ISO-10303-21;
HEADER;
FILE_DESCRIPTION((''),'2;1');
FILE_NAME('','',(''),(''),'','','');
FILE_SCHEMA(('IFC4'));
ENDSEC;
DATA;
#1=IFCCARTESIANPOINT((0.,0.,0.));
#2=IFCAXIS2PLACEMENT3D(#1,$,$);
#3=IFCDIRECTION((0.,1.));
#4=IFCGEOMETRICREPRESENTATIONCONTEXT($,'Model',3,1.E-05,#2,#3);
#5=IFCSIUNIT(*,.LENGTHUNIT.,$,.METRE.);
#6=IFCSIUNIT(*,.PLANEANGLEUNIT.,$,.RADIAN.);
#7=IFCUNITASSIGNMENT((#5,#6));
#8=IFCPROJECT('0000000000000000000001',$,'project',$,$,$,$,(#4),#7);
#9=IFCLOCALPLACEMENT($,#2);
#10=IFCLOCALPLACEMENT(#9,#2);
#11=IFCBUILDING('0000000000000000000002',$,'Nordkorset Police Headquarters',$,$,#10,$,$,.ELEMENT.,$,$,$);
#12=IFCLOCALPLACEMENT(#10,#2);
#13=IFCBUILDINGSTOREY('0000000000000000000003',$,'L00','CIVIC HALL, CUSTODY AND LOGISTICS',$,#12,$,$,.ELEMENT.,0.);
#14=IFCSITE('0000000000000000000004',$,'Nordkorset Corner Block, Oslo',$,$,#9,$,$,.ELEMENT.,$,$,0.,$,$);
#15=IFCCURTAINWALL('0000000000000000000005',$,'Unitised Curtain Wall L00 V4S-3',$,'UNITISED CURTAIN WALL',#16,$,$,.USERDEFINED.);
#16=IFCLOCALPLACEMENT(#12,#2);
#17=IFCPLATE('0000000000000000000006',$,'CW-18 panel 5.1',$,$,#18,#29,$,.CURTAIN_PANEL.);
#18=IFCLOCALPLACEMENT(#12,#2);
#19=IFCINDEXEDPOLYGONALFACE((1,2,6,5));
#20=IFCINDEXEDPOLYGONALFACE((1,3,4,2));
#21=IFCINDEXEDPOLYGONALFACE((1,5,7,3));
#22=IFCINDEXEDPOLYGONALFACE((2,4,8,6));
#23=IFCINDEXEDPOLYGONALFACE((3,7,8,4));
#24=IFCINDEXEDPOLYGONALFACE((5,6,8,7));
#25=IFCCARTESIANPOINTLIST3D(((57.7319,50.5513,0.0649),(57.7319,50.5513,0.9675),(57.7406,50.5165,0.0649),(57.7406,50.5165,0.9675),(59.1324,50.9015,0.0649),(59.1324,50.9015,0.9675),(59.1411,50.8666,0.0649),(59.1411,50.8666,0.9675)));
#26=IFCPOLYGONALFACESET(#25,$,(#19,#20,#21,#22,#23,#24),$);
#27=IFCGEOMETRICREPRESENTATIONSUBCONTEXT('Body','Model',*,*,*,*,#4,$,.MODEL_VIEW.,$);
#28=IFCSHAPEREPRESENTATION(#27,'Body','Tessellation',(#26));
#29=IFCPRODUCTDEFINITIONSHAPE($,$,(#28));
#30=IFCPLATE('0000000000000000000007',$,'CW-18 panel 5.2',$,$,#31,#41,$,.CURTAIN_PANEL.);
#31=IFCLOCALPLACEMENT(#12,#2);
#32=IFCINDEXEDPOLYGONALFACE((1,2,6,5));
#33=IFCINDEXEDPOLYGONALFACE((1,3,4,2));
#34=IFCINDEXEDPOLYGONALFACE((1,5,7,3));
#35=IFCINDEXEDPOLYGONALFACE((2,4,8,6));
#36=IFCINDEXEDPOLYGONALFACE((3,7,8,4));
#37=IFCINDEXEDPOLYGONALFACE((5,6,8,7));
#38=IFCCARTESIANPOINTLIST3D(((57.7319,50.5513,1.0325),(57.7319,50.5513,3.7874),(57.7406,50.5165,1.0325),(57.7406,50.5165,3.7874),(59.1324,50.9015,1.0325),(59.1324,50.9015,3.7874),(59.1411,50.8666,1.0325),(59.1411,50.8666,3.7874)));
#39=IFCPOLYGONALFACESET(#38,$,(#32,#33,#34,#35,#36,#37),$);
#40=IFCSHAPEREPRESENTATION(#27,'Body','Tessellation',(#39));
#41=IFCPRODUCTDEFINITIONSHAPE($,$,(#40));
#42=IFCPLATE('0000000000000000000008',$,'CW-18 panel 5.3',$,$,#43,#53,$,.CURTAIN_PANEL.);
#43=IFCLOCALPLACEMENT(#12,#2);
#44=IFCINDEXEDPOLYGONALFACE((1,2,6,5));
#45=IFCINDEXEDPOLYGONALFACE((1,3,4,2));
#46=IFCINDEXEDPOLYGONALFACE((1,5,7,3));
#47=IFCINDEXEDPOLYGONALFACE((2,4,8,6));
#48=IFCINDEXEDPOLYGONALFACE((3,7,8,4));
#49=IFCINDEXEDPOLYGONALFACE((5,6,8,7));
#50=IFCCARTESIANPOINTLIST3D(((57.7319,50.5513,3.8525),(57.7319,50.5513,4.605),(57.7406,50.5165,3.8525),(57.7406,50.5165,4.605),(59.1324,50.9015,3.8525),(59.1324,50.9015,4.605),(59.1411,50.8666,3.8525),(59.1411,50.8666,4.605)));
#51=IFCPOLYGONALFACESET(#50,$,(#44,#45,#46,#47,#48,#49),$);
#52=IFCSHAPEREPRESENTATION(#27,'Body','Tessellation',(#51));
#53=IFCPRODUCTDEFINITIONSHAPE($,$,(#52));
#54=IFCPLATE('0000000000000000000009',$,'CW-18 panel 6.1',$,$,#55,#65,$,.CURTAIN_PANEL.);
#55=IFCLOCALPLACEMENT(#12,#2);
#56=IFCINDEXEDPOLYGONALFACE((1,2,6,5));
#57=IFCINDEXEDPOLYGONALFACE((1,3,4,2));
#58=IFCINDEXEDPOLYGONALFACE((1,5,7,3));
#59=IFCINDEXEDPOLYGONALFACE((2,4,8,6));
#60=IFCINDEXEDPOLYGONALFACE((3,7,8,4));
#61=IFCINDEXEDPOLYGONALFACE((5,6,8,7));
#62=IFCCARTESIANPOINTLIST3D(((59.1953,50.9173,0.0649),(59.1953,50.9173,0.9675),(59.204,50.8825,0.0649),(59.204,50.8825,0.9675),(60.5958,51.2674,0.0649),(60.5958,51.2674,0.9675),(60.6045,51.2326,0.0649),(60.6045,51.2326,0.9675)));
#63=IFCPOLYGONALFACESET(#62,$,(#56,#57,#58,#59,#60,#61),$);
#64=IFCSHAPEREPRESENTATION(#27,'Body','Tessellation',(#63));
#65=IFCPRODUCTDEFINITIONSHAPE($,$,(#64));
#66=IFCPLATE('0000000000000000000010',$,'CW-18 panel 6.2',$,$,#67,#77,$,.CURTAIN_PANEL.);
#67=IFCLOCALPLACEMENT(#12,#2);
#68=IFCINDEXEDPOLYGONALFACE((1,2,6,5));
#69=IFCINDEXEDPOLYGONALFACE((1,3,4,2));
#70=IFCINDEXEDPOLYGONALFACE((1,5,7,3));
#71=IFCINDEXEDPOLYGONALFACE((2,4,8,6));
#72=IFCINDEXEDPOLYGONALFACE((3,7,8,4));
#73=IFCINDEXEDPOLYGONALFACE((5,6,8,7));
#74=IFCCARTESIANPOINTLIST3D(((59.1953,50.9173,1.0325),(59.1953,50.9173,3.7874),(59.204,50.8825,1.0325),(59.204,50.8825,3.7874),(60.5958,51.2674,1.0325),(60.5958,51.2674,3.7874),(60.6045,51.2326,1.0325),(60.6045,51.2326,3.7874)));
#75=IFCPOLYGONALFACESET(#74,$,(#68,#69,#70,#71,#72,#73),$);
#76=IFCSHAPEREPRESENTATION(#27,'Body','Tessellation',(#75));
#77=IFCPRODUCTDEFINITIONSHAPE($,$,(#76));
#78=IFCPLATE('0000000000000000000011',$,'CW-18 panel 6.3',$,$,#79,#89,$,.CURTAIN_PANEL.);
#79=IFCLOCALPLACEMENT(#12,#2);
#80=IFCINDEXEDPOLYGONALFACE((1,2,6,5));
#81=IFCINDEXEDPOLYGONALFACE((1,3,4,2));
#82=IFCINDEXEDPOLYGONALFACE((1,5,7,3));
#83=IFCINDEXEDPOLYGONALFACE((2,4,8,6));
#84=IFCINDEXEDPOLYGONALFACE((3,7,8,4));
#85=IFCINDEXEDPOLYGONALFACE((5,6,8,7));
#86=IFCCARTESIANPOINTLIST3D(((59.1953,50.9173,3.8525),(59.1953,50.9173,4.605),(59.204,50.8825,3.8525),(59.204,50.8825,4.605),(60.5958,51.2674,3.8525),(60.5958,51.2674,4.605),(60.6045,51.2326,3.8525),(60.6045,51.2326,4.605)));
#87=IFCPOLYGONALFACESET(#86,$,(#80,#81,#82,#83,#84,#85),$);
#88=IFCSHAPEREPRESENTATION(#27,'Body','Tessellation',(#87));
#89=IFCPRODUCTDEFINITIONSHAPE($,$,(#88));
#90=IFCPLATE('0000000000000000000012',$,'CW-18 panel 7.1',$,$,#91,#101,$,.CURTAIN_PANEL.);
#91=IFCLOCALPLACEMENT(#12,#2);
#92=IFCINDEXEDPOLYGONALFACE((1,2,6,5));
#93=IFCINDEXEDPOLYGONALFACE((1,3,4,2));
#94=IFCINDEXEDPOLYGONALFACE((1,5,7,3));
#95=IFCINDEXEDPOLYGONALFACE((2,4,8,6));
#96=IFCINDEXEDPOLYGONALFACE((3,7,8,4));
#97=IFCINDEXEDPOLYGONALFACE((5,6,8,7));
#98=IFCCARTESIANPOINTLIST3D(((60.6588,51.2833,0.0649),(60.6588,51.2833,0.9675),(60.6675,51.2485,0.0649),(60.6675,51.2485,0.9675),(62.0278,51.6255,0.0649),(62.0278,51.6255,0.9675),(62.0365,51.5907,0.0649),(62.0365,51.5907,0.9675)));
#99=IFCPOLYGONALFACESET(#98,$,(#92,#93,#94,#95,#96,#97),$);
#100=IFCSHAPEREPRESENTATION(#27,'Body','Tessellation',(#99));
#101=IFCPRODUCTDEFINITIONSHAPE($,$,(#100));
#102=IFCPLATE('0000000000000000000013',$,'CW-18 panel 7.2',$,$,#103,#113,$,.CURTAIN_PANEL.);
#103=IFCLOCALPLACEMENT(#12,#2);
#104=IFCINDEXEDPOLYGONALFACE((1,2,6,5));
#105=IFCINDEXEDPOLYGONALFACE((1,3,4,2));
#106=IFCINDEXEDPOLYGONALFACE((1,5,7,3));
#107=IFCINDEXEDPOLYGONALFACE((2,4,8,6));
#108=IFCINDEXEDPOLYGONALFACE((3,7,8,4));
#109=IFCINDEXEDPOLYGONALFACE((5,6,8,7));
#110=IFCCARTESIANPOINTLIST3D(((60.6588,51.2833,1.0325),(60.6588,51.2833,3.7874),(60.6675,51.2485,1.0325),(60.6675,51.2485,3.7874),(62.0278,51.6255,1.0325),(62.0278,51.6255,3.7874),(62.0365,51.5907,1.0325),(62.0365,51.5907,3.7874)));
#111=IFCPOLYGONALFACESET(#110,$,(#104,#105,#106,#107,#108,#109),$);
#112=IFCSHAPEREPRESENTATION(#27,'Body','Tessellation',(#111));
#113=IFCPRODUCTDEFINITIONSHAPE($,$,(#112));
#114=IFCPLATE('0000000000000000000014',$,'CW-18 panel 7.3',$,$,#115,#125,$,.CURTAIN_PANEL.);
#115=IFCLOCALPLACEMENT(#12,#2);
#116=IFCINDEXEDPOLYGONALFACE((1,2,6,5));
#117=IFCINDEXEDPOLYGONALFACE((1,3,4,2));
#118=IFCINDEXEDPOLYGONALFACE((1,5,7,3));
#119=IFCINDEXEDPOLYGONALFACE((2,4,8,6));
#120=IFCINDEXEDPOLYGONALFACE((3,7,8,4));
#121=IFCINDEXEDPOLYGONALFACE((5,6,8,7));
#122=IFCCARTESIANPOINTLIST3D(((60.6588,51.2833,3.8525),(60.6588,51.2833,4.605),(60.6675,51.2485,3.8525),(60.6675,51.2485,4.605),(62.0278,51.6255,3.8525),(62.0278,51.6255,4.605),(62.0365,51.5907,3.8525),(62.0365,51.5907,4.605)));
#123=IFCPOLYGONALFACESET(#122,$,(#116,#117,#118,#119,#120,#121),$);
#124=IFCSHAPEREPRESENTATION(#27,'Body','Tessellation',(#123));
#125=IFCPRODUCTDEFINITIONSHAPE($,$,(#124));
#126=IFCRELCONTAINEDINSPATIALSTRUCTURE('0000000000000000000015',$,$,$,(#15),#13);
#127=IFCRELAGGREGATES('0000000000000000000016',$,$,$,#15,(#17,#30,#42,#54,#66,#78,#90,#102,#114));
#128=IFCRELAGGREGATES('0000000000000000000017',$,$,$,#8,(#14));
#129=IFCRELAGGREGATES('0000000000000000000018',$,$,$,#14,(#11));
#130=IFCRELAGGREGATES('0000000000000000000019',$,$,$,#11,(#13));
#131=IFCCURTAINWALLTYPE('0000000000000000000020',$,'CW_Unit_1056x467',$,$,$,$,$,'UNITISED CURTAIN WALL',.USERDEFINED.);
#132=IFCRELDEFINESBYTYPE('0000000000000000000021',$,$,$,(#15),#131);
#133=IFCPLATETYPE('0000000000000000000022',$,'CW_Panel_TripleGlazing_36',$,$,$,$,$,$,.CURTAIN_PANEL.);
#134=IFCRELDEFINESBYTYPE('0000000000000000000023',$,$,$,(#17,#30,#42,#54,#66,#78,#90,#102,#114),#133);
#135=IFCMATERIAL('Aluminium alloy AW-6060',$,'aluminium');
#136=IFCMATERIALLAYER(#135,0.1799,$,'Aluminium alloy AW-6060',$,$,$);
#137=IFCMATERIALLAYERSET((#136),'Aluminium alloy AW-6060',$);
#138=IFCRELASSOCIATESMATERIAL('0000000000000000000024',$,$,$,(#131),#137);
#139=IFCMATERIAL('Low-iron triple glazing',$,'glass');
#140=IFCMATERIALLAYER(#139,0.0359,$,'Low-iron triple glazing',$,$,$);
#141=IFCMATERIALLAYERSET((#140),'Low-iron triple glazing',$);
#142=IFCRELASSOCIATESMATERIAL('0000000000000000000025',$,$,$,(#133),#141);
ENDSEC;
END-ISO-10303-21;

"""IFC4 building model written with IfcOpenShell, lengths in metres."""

from ifc_helpers import new_model, si_unit, direction, frame, origin, origin_2d, place, context, subcontext, project, spatial, rectangle, extrude, material, layer, layer_set, type_object, element, aggregate, save


model = new_model("IFC4")

# Units and contexts
model_context = context("Model", 3, precision=1e-05, world=origin(), true_north=direction((0.0, 1.0)))
body_context = subcontext(model_context, "Body", "Model", "MODEL_VIEW")
ifc_project = project(units=[si_unit("LENGTHUNIT", "METRE"), si_unit("PLANEANGLEUNIT", "RADIAN")], contexts=[model_context])

# Site, building, storey
site_placement = place(None, origin())
site = spatial("IfcSite", under=ifc_project, at=site_placement, Name="Nordkorset Corner Block, Oslo", CompositionType="ELEMENT", RefElevation=0.0)
building_placement = place(site_placement, origin())
building = spatial("IfcBuilding", under=site, at=building_placement, Name="Nordkorset Police Headquarters", CompositionType="ELEMENT")
storey_placement = place(building_placement, origin())
storey = spatial("IfcBuildingStorey", under=building, at=storey_placement, Name="L00", Description="CIVIC HALL, CUSTODY AND LOGISTICS", CompositionType="ELEMENT", Elevation=0.0)

# Curtain wall, plates
ifc_material_1 = material(Name="Aluminium alloy AW-6060", Category="aluminium")
ifc_layer_1 = layer(ifc_material_1, 0.1799, Name="Aluminium alloy AW-6060")
ifc_layer_set_1 = layer_set([ifc_layer_1], Name="Aluminium alloy AW-6060")
curtain_wall_type = type_object("IfcCurtainWallType", Name="CW_Unit_1056x467", ElementType="UNITISED CURTAIN WALL", PredefinedType="USERDEFINED", material=ifc_layer_set_1)
curtain_wall_placement = place(storey_placement, origin())
curtain_wall = element("IfcCurtainWall", 1, at=curtain_wall_placement, inside=storey, type_object=curtain_wall_type, Name="Unitised Curtain Wall L00 V4S-3", ObjectType="UNITISED CURTAIN WALL", PredefinedType="USERDEFINED")
ifc_material_2 = material(Name="Low-iron triple glazing", Category="glass")
ifc_layer_2 = layer(ifc_material_2, 0.0359, Name="Low-iron triple glazing")
ifc_layer_set_2 = layer_set([ifc_layer_2], Name="Low-iron triple glazing")
plate_type = type_object("IfcPlateType", Name="CW_Panel_TripleGlazing_36", PredefinedType="CURTAIN_PANEL", material=ifc_layer_set_2)
plate_1_placement = place(storey_placement, frame((58.4365, 50.709, 0.0649), z_axis=(0.0, 0.0, 1.0), x_axis=(0.970143, 0.242535, 0.0)))
plate_1 = element("IfcPlate", 2, at=plate_1_placement, type_object=plate_type, Name="CW-18 panel 5.1", PredefinedType="CURTAIN_PANEL", context=body_context, shape_type="SweptSolid", body=[
    extrude(rectangle(XDim=1.4436, YDim=0.0359, at=origin_2d()), origin(), (0.0, 0.0, 1.0), 0.9026),
])
plate_2_placement = place(storey_placement, frame((58.4365, 50.709, 1.0325), z_axis=(0.0, 0.0, 1.0), x_axis=(0.970143, 0.242535, 0.0)))
plate_2 = element("IfcPlate", 3, at=plate_2_placement, type_object=plate_type, Name="CW-18 panel 5.2", PredefinedType="CURTAIN_PANEL", context=body_context, shape_type="SweptSolid", body=[
    extrude(rectangle(XDim=1.4436, YDim=0.0359, at=origin_2d()), origin(), (0.0, 0.0, 1.0), 2.7549),
])
plate_3_placement = place(storey_placement, frame((58.4365, 50.709, 3.8525), z_axis=(0.0, 0.0, 1.0), x_axis=(0.970143, 0.242535, 0.0)))
plate_3 = element("IfcPlate", 4, at=plate_3_placement, type_object=plate_type, Name="CW-18 panel 5.3", PredefinedType="CURTAIN_PANEL", context=body_context, shape_type="SweptSolid", body=[
    extrude(rectangle(XDim=1.4436, YDim=0.0359, at=origin_2d()), origin(), (0.0, 0.0, 1.0), 0.7524),
])
plate_4_placement = place(storey_placement, frame((59.8999, 51.075, 0.0649), z_axis=(0.0, 0.0, 1.0), x_axis=(0.970143, 0.242535, 0.0)))
plate_4 = element("IfcPlate", 5, at=plate_4_placement, type_object=plate_type, Name="CW-18 panel 6.1", PredefinedType="CURTAIN_PANEL", context=body_context, shape_type="SweptSolid", body=[
    extrude(rectangle(XDim=1.4436, YDim=0.0359, at=origin_2d()), origin(), (0.0, 0.0, 1.0), 0.9026),
])
plate_5_placement = place(storey_placement, frame((59.8999, 51.075, 1.0325), z_axis=(0.0, 0.0, 1.0), x_axis=(0.970143, 0.242535, 0.0)))
plate_5 = element("IfcPlate", 6, at=plate_5_placement, type_object=plate_type, Name="CW-18 panel 6.2", PredefinedType="CURTAIN_PANEL", context=body_context, shape_type="SweptSolid", body=[
    extrude(rectangle(XDim=1.4436, YDim=0.0359, at=origin_2d()), origin(), (0.0, 0.0, 1.0), 2.7549),
])
plate_6_placement = place(storey_placement, frame((59.8999, 51.075, 3.8525), z_axis=(0.0, 0.0, 1.0), x_axis=(0.970143, 0.242535, 0.0)))
plate_6 = element("IfcPlate", 7, at=plate_6_placement, type_object=plate_type, Name="CW-18 panel 6.3", PredefinedType="CURTAIN_PANEL", context=body_context, shape_type="SweptSolid", body=[
    extrude(rectangle(XDim=1.4436, YDim=0.0359, at=origin_2d()), origin(), (0.0, 0.0, 1.0), 0.7524),
])
plate_7_placement = place(storey_placement, frame((61.3477, 51.437, 0.0649), z_axis=(0.0, 0.0, 1.0), x_axis=(0.970143, 0.242535, 0.0)))
plate_7 = element("IfcPlate", 8, at=plate_7_placement, type_object=plate_type, Name="CW-18 panel 7.1", PredefinedType="CURTAIN_PANEL", context=body_context, shape_type="SweptSolid", body=[
    extrude(rectangle(XDim=1.4111, YDim=0.0359, at=origin_2d()), origin(), (0.0, 0.0, 1.0), 0.9026),
])
plate_8_placement = place(storey_placement, frame((61.3477, 51.437, 1.0325), z_axis=(0.0, 0.0, 1.0), x_axis=(0.970143, 0.242535, 0.0)))
plate_8 = element("IfcPlate", 9, at=plate_8_placement, type_object=plate_type, Name="CW-18 panel 7.2", PredefinedType="CURTAIN_PANEL", context=body_context, shape_type="SweptSolid", body=[
    extrude(rectangle(XDim=1.4111, YDim=0.0359, at=origin_2d()), origin(), (0.0, 0.0, 1.0), 2.7549),
])
plate_9_placement = place(storey_placement, frame((61.3477, 51.437, 3.8525), z_axis=(0.0, 0.0, 1.0), x_axis=(0.970143, 0.242535, 0.0)))
plate_9 = element("IfcPlate", 10, at=plate_9_placement, type_object=plate_type, Name="CW-18 panel 7.3", PredefinedType="CURTAIN_PANEL", context=body_context, shape_type="SweptSolid", body=[
    extrude(rectangle(XDim=1.4111, YDim=0.0359, at=origin_2d()), origin(), (0.0, 0.0, 1.0), 0.7524),
])
aggregate(curtain_wall, [plate_1, plate_2, plate_3, plate_4, plate_5, plate_6, plate_7, plate_8, plate_9])

save(model, "model.ifc")
